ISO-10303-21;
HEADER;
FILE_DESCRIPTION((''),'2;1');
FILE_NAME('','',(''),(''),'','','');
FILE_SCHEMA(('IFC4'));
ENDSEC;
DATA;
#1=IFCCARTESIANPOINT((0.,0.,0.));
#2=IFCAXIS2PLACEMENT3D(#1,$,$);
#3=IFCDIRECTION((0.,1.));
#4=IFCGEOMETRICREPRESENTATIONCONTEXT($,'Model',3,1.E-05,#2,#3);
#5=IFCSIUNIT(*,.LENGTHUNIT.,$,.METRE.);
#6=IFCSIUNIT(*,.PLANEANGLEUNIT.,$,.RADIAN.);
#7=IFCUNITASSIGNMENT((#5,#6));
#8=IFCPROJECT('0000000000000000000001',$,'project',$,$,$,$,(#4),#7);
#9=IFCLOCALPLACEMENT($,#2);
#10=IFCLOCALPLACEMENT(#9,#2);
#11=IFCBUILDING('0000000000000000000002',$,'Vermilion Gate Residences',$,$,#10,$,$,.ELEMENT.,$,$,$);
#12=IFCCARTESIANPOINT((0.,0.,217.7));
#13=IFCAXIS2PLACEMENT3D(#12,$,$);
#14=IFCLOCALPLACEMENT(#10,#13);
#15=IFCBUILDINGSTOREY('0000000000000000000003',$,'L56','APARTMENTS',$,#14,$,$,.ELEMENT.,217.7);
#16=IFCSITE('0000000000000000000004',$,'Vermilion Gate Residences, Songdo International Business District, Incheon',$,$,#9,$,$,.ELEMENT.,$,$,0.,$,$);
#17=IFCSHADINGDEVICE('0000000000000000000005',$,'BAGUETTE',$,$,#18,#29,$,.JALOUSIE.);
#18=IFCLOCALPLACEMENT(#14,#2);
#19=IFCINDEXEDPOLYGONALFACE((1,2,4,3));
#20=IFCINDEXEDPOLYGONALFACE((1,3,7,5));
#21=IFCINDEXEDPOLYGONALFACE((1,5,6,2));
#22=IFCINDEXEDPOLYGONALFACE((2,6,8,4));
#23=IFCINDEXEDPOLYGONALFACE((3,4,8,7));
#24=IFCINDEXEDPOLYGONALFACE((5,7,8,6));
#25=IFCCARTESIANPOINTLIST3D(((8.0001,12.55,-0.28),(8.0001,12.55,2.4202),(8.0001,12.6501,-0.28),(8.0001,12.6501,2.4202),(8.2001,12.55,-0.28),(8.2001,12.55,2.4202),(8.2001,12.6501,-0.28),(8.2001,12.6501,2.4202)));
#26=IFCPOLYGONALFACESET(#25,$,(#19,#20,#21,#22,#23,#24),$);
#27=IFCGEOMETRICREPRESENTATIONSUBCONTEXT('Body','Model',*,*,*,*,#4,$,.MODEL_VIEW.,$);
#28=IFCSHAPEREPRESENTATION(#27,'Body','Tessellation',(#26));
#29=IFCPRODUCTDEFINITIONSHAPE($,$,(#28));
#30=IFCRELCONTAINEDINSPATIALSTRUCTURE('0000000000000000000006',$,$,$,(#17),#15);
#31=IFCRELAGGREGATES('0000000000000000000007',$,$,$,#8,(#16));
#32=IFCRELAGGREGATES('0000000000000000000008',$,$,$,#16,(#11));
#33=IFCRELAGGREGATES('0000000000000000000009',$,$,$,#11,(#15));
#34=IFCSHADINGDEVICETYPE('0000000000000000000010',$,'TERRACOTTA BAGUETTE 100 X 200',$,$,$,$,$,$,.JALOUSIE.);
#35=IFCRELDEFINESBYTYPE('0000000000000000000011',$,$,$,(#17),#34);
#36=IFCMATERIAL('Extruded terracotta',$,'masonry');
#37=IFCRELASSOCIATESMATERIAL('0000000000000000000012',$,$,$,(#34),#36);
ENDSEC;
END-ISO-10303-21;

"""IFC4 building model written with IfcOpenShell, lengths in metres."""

from ifc_helpers import new_model, si_unit, direction, frame, origin, origin_2d, place, context, subcontext, project, spatial, rectangle, extrude, material, material_profile, profile_set, type_object, element, save


model = new_model("IFC4")

# Units and contexts
model_context = context("Model", 3, precision=1e-05, world=origin(), true_north=direction((0.0, 1.0)))
body_context = subcontext(model_context, "Body", "Model", "MODEL_VIEW")
ifc_project = project(units=[si_unit("LENGTHUNIT", "METRE"), si_unit("PLANEANGLEUNIT", "RADIAN")], contexts=[model_context])

# Site, building, storey
site_placement = place(None, origin())
site = spatial("IfcSite", under=ifc_project, at=site_placement, Name="Vermilion Gate Residences, Songdo International Business District, Incheon", CompositionType="ELEMENT", RefElevation=0.0)
building_placement = place(site_placement, origin())
building = spatial("IfcBuilding", under=site, at=building_placement, Name="Vermilion Gate Residences", CompositionType="ELEMENT")
storey_placement = place(building_placement, frame((0.0, 0.0, 217.7)))
storey = spatial("IfcBuildingStorey", under=building, at=storey_placement, Name="L56", Description="APARTMENTS", CompositionType="ELEMENT", Elevation=217.7)

# Shading device
ifc_material_1 = material(Name="Extruded terracotta", Category="masonry")
ifc_material_profile_1 = material_profile(ifc_material_1, rectangle(XDim=0.2, YDim=0.1001, at=origin_2d()), Name="BAGUETTE 100 X 200")
ifc_profile_set_1 = profile_set([ifc_material_profile_1], Name="Extruded terracotta")
shading_device_type_1 = type_object("IfcShadingDeviceType", Name="TERRACOTTA BAGUETTE 100 X 200", PredefinedType="JALOUSIE", material=ifc_profile_set_1)
shading_device_1_placement = place(storey_placement, frame((8.1001, 12.6001, -0.28), z_axis=(0.0, 0.0, 1.0), x_axis=(1.0, 0.0, 0.0)))
element("IfcShadingDevice", 1, at=shading_device_1_placement, inside=storey, type_object=shading_device_type_1, Name="BAGUETTE", PredefinedType="JALOUSIE", context=body_context, shape_type="SweptSolid", body=[
    extrude(rectangle(XDim=0.2, YDim=0.1001, at=origin_2d()), origin(), (0.0, 0.0, 1.0), 2.7002),
])

save(model, "model.ifc")
